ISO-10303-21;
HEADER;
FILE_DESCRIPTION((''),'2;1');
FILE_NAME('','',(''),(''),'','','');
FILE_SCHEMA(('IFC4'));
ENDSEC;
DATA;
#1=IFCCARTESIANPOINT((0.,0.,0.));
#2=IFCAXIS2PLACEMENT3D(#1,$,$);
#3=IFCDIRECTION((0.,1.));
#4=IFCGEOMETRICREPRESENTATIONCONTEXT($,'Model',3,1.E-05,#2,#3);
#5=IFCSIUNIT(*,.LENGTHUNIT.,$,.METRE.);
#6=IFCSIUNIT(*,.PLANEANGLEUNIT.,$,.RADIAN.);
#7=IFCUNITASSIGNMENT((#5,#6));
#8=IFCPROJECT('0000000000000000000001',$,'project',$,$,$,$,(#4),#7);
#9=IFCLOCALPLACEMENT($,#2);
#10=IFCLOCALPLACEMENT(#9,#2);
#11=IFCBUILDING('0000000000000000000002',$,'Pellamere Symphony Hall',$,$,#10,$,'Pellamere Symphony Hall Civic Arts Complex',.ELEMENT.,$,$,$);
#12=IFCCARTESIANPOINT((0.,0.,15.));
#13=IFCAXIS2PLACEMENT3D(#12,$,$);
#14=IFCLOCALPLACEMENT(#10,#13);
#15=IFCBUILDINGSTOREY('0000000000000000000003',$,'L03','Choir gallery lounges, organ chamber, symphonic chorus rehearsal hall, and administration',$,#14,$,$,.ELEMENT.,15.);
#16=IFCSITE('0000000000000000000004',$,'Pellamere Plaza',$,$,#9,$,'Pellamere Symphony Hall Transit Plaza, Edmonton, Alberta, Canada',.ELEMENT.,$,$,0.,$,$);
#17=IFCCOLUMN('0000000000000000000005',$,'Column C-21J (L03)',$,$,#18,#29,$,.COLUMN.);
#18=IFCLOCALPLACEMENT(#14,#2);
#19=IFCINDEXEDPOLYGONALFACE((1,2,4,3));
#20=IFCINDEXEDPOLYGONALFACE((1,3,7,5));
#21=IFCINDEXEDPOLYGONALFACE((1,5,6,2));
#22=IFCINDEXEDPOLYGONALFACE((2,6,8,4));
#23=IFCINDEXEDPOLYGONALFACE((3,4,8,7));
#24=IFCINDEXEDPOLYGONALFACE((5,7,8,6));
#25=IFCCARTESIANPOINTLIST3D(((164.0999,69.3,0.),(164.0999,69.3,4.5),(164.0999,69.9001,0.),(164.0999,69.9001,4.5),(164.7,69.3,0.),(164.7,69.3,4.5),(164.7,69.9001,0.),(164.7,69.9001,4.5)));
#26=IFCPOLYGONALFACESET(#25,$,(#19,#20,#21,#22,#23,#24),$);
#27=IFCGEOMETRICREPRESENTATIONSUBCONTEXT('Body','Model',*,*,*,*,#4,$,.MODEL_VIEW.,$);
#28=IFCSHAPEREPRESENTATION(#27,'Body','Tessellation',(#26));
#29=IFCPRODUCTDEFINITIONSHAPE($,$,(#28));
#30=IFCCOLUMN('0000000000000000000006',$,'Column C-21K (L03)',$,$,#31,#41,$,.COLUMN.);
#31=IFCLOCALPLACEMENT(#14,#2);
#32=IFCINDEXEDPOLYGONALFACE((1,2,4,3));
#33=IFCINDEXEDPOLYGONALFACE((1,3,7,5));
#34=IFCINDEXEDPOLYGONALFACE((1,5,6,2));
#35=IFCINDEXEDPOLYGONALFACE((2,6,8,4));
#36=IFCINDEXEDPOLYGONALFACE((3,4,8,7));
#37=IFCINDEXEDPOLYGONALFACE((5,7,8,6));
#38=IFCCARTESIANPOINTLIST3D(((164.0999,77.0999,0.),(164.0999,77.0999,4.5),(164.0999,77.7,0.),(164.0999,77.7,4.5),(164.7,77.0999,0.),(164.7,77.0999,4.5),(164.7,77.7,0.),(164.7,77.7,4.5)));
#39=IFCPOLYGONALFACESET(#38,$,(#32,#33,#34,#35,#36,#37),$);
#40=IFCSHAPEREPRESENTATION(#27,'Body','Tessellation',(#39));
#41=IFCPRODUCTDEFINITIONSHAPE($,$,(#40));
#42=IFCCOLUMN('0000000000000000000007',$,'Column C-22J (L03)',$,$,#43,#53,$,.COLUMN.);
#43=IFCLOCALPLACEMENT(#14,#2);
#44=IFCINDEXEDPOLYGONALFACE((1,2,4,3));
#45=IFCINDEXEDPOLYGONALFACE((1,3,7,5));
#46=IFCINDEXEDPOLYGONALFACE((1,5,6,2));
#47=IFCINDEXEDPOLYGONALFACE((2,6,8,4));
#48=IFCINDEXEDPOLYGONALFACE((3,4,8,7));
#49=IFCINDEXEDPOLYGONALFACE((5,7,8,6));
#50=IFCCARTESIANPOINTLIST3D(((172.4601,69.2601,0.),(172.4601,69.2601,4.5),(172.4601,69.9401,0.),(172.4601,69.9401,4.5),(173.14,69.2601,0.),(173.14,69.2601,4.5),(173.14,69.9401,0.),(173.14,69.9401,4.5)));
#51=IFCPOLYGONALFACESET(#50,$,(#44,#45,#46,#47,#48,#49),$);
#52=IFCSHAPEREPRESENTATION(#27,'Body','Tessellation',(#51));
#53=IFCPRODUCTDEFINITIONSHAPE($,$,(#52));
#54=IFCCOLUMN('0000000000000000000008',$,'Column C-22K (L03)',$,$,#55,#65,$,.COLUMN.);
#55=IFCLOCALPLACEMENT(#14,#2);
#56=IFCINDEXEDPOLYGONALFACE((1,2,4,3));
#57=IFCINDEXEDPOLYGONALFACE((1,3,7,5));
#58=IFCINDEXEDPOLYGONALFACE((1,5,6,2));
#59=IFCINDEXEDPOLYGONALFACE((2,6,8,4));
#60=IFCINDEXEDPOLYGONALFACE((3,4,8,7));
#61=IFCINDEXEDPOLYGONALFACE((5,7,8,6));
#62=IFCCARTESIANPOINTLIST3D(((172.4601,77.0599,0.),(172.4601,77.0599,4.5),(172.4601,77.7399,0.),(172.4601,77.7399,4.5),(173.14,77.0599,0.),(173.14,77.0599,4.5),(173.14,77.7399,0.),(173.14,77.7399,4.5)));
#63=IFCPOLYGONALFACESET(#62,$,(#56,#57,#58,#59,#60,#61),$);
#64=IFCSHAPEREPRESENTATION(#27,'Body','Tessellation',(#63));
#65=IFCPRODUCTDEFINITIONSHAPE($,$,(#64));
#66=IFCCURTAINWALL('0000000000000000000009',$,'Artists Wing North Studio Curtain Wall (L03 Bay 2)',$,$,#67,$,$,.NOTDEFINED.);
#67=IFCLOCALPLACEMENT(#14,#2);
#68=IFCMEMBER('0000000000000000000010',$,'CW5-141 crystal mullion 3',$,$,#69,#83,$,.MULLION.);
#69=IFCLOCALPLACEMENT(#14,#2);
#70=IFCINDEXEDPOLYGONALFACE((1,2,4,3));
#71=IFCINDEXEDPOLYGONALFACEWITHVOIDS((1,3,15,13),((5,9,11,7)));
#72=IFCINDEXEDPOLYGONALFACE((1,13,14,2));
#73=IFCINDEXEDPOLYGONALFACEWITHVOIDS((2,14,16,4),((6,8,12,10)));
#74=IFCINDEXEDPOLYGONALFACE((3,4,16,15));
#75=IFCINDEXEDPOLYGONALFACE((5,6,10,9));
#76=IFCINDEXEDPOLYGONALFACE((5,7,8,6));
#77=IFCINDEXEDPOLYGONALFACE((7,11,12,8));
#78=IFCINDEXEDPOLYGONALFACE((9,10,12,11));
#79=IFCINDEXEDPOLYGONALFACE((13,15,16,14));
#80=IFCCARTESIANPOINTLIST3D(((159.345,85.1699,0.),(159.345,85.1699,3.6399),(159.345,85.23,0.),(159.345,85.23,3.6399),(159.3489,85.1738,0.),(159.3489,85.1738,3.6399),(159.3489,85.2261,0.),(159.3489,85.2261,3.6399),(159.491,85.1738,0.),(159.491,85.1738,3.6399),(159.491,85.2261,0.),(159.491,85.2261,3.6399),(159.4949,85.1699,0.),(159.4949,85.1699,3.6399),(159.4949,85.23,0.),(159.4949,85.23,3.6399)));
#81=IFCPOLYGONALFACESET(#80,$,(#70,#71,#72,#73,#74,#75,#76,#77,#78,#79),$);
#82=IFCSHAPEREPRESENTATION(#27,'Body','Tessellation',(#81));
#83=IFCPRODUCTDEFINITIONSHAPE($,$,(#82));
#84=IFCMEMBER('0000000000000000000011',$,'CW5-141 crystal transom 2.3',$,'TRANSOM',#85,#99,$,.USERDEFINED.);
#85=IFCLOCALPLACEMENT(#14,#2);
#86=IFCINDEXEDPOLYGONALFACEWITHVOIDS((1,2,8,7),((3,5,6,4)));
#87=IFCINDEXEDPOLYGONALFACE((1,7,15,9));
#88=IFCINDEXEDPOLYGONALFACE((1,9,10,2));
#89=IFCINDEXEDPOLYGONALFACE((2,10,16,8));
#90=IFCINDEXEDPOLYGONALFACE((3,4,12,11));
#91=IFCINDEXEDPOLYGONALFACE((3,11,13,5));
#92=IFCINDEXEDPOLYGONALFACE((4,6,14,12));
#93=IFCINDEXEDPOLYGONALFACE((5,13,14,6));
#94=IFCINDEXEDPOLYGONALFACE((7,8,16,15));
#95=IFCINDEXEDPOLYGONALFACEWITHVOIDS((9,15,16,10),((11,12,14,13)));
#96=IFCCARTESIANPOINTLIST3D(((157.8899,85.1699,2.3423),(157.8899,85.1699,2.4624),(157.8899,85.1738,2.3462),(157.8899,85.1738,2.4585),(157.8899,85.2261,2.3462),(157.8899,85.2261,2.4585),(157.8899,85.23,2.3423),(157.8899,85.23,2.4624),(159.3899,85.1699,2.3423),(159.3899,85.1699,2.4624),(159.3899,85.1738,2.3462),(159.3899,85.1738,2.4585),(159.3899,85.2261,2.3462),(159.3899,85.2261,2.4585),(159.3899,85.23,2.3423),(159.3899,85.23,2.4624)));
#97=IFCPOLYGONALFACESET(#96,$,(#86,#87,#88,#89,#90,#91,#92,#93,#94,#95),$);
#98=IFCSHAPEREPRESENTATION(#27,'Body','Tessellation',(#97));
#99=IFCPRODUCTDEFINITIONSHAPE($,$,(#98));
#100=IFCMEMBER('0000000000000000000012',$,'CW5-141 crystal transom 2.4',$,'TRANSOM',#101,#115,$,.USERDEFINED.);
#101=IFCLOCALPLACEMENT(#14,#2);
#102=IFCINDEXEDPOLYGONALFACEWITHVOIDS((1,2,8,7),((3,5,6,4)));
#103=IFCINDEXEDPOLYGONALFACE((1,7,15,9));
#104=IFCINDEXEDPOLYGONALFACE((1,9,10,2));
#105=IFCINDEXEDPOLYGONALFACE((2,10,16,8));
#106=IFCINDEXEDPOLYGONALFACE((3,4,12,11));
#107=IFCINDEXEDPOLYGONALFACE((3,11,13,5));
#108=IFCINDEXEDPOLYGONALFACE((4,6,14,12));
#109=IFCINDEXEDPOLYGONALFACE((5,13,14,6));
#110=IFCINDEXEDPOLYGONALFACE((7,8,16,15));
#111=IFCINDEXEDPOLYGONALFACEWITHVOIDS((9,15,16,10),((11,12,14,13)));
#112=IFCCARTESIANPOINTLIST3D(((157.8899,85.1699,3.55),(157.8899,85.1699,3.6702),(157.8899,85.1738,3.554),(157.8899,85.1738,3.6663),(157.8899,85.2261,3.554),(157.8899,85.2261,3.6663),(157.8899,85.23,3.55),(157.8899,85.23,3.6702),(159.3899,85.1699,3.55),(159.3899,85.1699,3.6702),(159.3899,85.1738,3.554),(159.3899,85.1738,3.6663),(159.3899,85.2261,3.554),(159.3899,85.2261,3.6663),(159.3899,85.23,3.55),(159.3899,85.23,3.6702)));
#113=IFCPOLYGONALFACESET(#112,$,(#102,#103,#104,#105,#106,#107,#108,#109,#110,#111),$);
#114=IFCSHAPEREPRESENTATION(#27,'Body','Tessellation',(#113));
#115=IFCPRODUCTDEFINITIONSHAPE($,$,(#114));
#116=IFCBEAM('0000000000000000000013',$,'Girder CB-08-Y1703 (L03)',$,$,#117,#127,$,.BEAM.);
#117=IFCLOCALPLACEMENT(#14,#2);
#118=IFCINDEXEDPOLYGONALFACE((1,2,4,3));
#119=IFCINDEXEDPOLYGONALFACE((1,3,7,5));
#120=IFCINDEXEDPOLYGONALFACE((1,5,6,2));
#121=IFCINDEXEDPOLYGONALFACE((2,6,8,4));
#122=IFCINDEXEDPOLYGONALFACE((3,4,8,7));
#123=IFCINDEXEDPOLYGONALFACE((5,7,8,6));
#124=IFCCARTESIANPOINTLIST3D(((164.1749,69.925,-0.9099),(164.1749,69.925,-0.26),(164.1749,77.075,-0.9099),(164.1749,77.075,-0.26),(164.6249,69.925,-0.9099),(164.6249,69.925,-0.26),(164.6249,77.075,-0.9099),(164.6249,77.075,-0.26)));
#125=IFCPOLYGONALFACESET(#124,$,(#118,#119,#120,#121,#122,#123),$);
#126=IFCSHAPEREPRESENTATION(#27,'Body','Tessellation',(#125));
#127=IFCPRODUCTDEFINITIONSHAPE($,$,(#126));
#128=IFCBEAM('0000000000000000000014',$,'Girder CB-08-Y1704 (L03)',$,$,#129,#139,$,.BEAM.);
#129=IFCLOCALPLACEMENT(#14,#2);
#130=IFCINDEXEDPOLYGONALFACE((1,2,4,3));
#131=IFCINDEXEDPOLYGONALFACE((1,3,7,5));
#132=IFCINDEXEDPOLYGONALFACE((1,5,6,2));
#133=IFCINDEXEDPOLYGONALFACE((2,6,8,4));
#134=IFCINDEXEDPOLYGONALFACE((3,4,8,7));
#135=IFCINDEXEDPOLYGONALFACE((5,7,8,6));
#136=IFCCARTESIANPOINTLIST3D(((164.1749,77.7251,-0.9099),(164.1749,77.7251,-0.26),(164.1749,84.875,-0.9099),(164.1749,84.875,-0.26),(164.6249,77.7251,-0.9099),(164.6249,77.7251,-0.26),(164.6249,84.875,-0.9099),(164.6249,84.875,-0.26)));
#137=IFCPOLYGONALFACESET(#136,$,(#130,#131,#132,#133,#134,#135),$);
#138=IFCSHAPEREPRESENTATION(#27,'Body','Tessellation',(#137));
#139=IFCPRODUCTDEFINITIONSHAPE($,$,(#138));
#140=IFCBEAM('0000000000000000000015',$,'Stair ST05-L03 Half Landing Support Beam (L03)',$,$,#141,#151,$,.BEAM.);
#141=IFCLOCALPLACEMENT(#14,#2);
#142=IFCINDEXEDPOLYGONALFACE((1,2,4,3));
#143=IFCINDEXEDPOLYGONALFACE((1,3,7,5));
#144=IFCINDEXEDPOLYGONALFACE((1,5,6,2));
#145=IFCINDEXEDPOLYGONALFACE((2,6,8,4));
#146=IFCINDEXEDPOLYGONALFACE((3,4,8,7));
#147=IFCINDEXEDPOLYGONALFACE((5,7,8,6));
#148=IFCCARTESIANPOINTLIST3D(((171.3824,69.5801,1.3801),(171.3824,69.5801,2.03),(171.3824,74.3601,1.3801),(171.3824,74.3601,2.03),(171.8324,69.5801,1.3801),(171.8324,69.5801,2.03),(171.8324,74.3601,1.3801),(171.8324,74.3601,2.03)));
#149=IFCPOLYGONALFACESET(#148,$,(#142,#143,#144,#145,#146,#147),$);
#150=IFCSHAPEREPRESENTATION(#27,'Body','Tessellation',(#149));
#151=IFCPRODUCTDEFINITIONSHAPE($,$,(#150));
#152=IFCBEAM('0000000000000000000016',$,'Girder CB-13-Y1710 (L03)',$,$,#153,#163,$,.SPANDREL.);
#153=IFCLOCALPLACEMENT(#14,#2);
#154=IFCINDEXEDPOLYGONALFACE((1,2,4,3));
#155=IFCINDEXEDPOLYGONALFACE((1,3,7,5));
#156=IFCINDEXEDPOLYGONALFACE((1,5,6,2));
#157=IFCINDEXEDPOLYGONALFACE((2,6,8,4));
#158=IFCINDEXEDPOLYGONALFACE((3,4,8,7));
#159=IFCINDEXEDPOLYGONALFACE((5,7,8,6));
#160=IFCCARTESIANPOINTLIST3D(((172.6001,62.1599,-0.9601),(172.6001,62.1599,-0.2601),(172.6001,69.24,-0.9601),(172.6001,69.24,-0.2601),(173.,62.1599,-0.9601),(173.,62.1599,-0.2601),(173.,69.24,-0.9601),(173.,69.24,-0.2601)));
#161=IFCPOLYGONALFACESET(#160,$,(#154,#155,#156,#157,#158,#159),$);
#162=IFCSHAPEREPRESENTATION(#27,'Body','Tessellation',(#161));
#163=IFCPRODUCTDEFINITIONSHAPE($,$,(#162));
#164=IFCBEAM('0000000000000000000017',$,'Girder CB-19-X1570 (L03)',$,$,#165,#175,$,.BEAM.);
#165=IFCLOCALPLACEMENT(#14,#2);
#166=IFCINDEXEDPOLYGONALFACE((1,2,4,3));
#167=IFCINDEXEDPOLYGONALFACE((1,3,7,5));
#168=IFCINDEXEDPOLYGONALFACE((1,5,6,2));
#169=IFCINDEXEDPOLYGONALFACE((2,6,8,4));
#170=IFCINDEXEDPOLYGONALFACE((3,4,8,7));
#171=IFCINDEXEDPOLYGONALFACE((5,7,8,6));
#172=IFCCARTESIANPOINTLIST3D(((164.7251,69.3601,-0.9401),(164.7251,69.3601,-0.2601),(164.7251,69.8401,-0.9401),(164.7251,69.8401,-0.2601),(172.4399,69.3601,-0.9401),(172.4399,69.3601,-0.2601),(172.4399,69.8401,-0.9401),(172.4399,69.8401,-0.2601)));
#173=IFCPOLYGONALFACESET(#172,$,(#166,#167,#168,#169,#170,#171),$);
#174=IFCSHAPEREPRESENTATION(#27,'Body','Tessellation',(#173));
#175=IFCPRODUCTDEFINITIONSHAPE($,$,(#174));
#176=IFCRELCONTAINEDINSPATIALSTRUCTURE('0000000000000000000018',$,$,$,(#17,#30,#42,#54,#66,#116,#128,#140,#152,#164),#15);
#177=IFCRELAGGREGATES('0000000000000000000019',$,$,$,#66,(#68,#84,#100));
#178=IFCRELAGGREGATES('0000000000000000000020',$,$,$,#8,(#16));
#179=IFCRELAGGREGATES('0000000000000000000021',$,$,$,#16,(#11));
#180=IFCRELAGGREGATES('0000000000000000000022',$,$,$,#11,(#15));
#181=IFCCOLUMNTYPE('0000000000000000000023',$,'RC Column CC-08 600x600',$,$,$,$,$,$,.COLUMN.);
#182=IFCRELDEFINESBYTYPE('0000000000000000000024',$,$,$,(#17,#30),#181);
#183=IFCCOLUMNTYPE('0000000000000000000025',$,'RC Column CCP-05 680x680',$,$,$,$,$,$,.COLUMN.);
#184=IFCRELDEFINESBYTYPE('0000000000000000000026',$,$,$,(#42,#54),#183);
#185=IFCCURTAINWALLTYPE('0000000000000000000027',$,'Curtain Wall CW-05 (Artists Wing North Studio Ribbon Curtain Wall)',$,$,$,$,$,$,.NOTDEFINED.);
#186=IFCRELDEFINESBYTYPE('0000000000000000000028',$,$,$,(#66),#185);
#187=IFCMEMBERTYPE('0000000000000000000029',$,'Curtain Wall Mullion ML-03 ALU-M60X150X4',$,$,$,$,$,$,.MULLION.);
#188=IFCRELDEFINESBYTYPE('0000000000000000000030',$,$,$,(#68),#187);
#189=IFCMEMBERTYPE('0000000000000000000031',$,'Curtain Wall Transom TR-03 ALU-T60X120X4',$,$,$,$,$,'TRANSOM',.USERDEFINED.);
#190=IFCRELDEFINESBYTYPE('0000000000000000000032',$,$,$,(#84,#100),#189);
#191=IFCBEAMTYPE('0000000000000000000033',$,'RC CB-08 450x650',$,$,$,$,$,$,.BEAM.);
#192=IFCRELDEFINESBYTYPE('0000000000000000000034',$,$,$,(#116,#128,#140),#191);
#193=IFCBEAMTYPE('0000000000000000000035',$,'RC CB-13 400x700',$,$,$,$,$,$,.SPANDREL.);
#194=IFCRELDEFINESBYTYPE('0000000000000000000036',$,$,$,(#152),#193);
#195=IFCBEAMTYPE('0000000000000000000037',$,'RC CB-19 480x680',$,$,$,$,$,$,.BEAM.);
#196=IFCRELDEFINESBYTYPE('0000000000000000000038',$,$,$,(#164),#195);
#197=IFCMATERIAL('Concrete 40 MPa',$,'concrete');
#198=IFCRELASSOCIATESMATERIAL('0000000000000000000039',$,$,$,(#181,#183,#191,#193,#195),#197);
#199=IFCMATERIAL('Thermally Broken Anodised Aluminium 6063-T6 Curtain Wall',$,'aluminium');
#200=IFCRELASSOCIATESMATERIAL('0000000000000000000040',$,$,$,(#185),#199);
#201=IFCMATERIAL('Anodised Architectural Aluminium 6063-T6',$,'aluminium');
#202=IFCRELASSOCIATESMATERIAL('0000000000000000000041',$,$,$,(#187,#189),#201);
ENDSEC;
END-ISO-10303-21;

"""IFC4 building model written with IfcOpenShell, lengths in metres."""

from ifc_helpers import new_model, si_unit, direction, frame, origin, origin_2d, place, context, subcontext, project, spatial, rectangle, hollow_rectangle, extrude, material, material_profile, profile_set, type_object, element, aggregate, save


model = new_model("IFC4")

# Units and contexts
model_context = context("Model", 3, precision=1e-05, world=origin(), true_north=direction((0.0, 1.0)))
body_context = subcontext(model_context, "Body", "Model", "MODEL_VIEW")
ifc_project = project(units=[si_unit("LENGTHUNIT", "METRE"), si_unit("PLANEANGLEUNIT", "RADIAN")], contexts=[model_context])

# Site, building, storey
site_placement = place(None, origin())
site = spatial("IfcSite", under=ifc_project, at=site_placement, Name="Pellamere Plaza", LongName="Pellamere Symphony Hall Transit Plaza, Edmonton, Alberta, Canada", CompositionType="ELEMENT", RefElevation=0.0)
building_placement = place(site_placement, origin())
building = spatial("IfcBuilding", under=site, at=building_placement, Name="Pellamere Symphony Hall", LongName="Pellamere Symphony Hall Civic Arts Complex", CompositionType="ELEMENT")
storey_placement = place(building_placement, frame((0.0, 0.0, 15.0)))
storey = spatial("IfcBuildingStorey", under=building, at=storey_placement, Name="L03", Description="Choir gallery lounges, organ chamber, symphonic chorus rehearsal hall, and administration", CompositionType="ELEMENT", Elevation=15.0)

# Columns
ifc_material_1 = material(Name="Concrete 40 MPa", Category="concrete")
ifc_material_profile_1 = material_profile(ifc_material_1, rectangle(XDim=0.6001, YDim=0.6001, at=origin_2d()), Name="RC 600x600")
ifc_profile_set_1 = profile_set([ifc_material_profile_1], Name="Concrete 40 MPa")
column_type_1 = type_object("IfcColumnType", Name="RC Column CC-08 600x600", PredefinedType="COLUMN", material=ifc_profile_set_1)
for number, where, z_axis, x_axis, name in (
    (1, (164.3999, 69.6001, 0.0), (0.0, 0.0, 1.0), (1.0, 0.0, 0.0), "Column C-21J (L03)"),
    (2, (164.3999, 77.3999, 0.0), (0.0, 0.0, 1.0), (1.0, 0.0, 0.0), "Column C-21K (L03)"),
):
    element("IfcColumn", number, at=place(storey_placement, frame(where, z_axis=z_axis, x_axis=x_axis)), inside=storey, type_object=column_type_1, Name=name, PredefinedType="COLUMN", context=body_context, shape_type="SweptSolid", body=[
        extrude(rectangle(XDim=0.6001, YDim=0.6001, at=origin_2d()), origin(), (0.0, 0.0, 1.0), 4.5),
    ])
ifc_material_profile_2 = material_profile(ifc_material_1, rectangle(XDim=0.6799, YDim=0.6799, at=origin_2d()), Name="RC 680x680")
ifc_profile_set_2 = profile_set([ifc_material_profile_2], Name="Concrete 40 MPa")
column_type_2 = type_object("IfcColumnType", Name="RC Column CCP-05 680x680", PredefinedType="COLUMN", material=ifc_profile_set_2)
for number, where, z_axis, x_axis, name in (
    (3, (172.8, 69.6001, 0.0), (0.0, 0.0, 1.0), (1.0, 0.0, 0.0), "Column C-22J (L03)"),
    (4, (172.8, 77.3999, 0.0), (0.0, 0.0, 1.0), (1.0, 0.0, 0.0), "Column C-22K (L03)"),
):
    element("IfcColumn", number, at=place(storey_placement, frame(where, z_axis=z_axis, x_axis=x_axis)), inside=storey, type_object=column_type_2, Name=name, PredefinedType="COLUMN", context=body_context, shape_type="SweptSolid", body=[
        extrude(rectangle(XDim=0.6799, YDim=0.6799, at=origin_2d()), origin(), (0.0, 0.0, 1.0), 4.5),
    ])

# Curtain wall, members
ifc_material_2 = material(Name="Thermally Broken Anodised Aluminium 6063-T6 Curtain Wall", Category="aluminium")
curtain_wall_type = type_object("IfcCurtainWallType", Name="Curtain Wall CW-05 (Artists Wing North Studio Ribbon Curtain Wall)", PredefinedType="NOTDEFINED", material=ifc_material_2)
curtain_wall_placement = place(storey_placement, origin())
curtain_wall = element("IfcCurtainWall", 5, at=curtain_wall_placement, inside=storey, type_object=curtain_wall_type, Name="Artists Wing North Studio Curtain Wall (L03 Bay 2)", PredefinedType="NOTDEFINED")
ifc_material_3 = material(Name="Anodised Architectural Aluminium 6063-T6", Category="aluminium")
ifc_material_profile_3 = material_profile(ifc_material_3, hollow_rectangle(XDim=0.0601, YDim=0.1499, WallThickness=0.0039, at=origin_2d()), Name="ALU-M60X150X4")
ifc_profile_set_3 = profile_set([ifc_material_profile_3], Name="Anodised Architectural Aluminium 6063-T6")
member_type_1 = type_object("IfcMemberType", Name="Curtain Wall Mullion ML-03 ALU-M60X150X4", PredefinedType="MULLION", material=ifc_profile_set_3)
member_1_placement = place(storey_placement, frame((159.4199, 85.2, 0.0), z_axis=(0.0, 0.0, 1.0), x_axis=(0.0, 1.0, 0.0)))
member_1 = element("IfcMember", 6, at=member_1_placement, type_object=member_type_1, Name="CW5-141 crystal mullion 3", PredefinedType="MULLION", context=body_context, shape_type="SweptSolid", body=[
    extrude(hollow_rectangle(XDim=0.0601, YDim=0.1499, WallThickness=0.0039, at=origin_2d()), origin(), (0.0, 0.0, 1.0), 3.6399),
])
ifc_material_profile_4 = material_profile(ifc_material_3, hollow_rectangle(XDim=0.0601, YDim=0.1201, WallThickness=0.0039, at=origin_2d()), Name="ALU-T60X120X4")
ifc_profile_set_4 = profile_set([ifc_material_profile_4], Name="Anodised Architectural Aluminium 6063-T6")
member_type_2 = type_object("IfcMemberType", Name="Curtain Wall Transom TR-03 ALU-T60X120X4", ElementType="TRANSOM", PredefinedType="USERDEFINED", material=ifc_profile_set_4)
member_2_placement = place(storey_placement, frame((157.8899, 85.2, 2.4023), z_axis=(1.0, 0.0, 0.0), x_axis=(0.0, 1.0, 0.0)))
member_2 = element("IfcMember", 7, at=member_2_placement, type_object=member_type_2, Name="CW5-141 crystal transom 2.3", ObjectType="TRANSOM", PredefinedType="USERDEFINED", context=body_context, shape_type="SweptSolid", body=[
    extrude(hollow_rectangle(XDim=0.0601, YDim=0.1201, WallThickness=0.0039, at=origin_2d()), origin(), (0.0, 0.0, 1.0), 1.5),
])
member_3_placement = place(storey_placement, frame((157.8899, 85.2, 3.6101), z_axis=(1.0, 0.0, 0.0), x_axis=(0.0, 1.0, 0.0)))
member_3 = element("IfcMember", 8, at=member_3_placement, type_object=member_type_2, Name="CW5-141 crystal transom 2.4", ObjectType="TRANSOM", PredefinedType="USERDEFINED", context=body_context, shape_type="SweptSolid", body=[
    extrude(hollow_rectangle(XDim=0.0601, YDim=0.1201, WallThickness=0.0039, at=origin_2d()), origin(), (0.0, 0.0, 1.0), 1.5),
])

# Beams
ifc_material_profile_5 = material_profile(ifc_material_1, rectangle(XDim=0.45, YDim=0.6499, at=origin_2d()), Name="RC 450x650")
ifc_profile_set_5 = profile_set([ifc_material_profile_5], Name="Concrete 40 MPa")
beam_type_1 = type_object("IfcBeamType", Name="RC CB-08 450x650", PredefinedType="BEAM", material=ifc_profile_set_5)
for number, where, z_axis, x_axis, name in (
    (9, (164.3999, 69.925, -0.585), (0.0, 1.0, 0.0), (-1.0, 0.0, 0.0), "Girder CB-08-Y1703 (L03)"),
    (10, (164.3999, 77.7251, -0.585), (0.0, 1.0, 0.0), (-1.0, 0.0, 0.0), "Girder CB-08-Y1704 (L03)"),
):
    element("IfcBeam", number, at=place(storey_placement, frame(where, z_axis=z_axis, x_axis=x_axis)), inside=storey, type_object=beam_type_1, Name=name, PredefinedType="BEAM", context=body_context, shape_type="SweptSolid", body=[
        extrude(rectangle(XDim=0.45, YDim=0.6499, at=origin_2d()), origin(), (0.0, 0.0, 1.0), 7.1499),
    ])
beam_1_placement = place(storey_placement, frame((171.6074, 69.5801, 1.7051), z_axis=(0.0, 1.0, 0.0), x_axis=(-1.0, 0.0, 0.0)))
element("IfcBeam", 11, at=beam_1_placement, inside=storey, type_object=beam_type_1, Name="Stair ST05-L03 Half Landing Support Beam (L03)", PredefinedType="BEAM", context=body_context, shape_type="SweptSolid", body=[
    extrude(rectangle(XDim=0.45, YDim=0.6499, at=origin_2d()), origin(), (0.0, 0.0, 1.0), 4.78),
])
ifc_material_profile_6 = material_profile(ifc_material_1, rectangle(XDim=0.3999, YDim=0.7, at=origin_2d()), Name="RC 400x700")
ifc_profile_set_6 = profile_set([ifc_material_profile_6], Name="Concrete 40 MPa")
beam_type_2 = type_object("IfcBeamType", Name="RC CB-13 400x700", PredefinedType="SPANDREL", material=ifc_profile_set_6)
beam_2_placement = place(storey_placement, frame((172.8, 62.1599, -0.6101), z_axis=(0.0, 1.0, 0.0), x_axis=(-1.0, 0.0, 0.0)))
element("IfcBeam", 12, at=beam_2_placement, inside=storey, type_object=beam_type_2, Name="Girder CB-13-Y1710 (L03)", PredefinedType="SPANDREL", context=body_context, shape_type="SweptSolid", body=[
    extrude(rectangle(XDim=0.3999, YDim=0.7, at=origin_2d()), origin(), (0.0, 0.0, 1.0), 7.0801),
])
ifc_material_profile_7 = material_profile(ifc_material_1, rectangle(XDim=0.48, YDim=0.6799, at=origin_2d()), Name="RC 480x680")
ifc_profile_set_7 = profile_set([ifc_material_profile_7], Name="Concrete 40 MPa")
beam_type_3 = type_object("IfcBeamType", Name="RC CB-19 480x680", PredefinedType="BEAM", material=ifc_profile_set_7)
beam_3_placement = place(storey_placement, frame((164.7251, 69.6001, -0.6001), z_axis=(1.0, 0.0, 0.0), x_axis=(0.0, 1.0, 0.0)))
element("IfcBeam", 13, at=beam_3_placement, inside=storey, type_object=beam_type_3, Name="Girder CB-19-X1570 (L03)", PredefinedType="BEAM", context=body_context, shape_type="SweptSolid", body=[
    extrude(rectangle(XDim=0.48, YDim=0.6799, at=origin_2d()), origin(), (0.0, 0.0, 1.0), 7.7148),
])

aggregate(curtain_wall, [member_1, member_2, member_3])

save(model, "model.ifc")
